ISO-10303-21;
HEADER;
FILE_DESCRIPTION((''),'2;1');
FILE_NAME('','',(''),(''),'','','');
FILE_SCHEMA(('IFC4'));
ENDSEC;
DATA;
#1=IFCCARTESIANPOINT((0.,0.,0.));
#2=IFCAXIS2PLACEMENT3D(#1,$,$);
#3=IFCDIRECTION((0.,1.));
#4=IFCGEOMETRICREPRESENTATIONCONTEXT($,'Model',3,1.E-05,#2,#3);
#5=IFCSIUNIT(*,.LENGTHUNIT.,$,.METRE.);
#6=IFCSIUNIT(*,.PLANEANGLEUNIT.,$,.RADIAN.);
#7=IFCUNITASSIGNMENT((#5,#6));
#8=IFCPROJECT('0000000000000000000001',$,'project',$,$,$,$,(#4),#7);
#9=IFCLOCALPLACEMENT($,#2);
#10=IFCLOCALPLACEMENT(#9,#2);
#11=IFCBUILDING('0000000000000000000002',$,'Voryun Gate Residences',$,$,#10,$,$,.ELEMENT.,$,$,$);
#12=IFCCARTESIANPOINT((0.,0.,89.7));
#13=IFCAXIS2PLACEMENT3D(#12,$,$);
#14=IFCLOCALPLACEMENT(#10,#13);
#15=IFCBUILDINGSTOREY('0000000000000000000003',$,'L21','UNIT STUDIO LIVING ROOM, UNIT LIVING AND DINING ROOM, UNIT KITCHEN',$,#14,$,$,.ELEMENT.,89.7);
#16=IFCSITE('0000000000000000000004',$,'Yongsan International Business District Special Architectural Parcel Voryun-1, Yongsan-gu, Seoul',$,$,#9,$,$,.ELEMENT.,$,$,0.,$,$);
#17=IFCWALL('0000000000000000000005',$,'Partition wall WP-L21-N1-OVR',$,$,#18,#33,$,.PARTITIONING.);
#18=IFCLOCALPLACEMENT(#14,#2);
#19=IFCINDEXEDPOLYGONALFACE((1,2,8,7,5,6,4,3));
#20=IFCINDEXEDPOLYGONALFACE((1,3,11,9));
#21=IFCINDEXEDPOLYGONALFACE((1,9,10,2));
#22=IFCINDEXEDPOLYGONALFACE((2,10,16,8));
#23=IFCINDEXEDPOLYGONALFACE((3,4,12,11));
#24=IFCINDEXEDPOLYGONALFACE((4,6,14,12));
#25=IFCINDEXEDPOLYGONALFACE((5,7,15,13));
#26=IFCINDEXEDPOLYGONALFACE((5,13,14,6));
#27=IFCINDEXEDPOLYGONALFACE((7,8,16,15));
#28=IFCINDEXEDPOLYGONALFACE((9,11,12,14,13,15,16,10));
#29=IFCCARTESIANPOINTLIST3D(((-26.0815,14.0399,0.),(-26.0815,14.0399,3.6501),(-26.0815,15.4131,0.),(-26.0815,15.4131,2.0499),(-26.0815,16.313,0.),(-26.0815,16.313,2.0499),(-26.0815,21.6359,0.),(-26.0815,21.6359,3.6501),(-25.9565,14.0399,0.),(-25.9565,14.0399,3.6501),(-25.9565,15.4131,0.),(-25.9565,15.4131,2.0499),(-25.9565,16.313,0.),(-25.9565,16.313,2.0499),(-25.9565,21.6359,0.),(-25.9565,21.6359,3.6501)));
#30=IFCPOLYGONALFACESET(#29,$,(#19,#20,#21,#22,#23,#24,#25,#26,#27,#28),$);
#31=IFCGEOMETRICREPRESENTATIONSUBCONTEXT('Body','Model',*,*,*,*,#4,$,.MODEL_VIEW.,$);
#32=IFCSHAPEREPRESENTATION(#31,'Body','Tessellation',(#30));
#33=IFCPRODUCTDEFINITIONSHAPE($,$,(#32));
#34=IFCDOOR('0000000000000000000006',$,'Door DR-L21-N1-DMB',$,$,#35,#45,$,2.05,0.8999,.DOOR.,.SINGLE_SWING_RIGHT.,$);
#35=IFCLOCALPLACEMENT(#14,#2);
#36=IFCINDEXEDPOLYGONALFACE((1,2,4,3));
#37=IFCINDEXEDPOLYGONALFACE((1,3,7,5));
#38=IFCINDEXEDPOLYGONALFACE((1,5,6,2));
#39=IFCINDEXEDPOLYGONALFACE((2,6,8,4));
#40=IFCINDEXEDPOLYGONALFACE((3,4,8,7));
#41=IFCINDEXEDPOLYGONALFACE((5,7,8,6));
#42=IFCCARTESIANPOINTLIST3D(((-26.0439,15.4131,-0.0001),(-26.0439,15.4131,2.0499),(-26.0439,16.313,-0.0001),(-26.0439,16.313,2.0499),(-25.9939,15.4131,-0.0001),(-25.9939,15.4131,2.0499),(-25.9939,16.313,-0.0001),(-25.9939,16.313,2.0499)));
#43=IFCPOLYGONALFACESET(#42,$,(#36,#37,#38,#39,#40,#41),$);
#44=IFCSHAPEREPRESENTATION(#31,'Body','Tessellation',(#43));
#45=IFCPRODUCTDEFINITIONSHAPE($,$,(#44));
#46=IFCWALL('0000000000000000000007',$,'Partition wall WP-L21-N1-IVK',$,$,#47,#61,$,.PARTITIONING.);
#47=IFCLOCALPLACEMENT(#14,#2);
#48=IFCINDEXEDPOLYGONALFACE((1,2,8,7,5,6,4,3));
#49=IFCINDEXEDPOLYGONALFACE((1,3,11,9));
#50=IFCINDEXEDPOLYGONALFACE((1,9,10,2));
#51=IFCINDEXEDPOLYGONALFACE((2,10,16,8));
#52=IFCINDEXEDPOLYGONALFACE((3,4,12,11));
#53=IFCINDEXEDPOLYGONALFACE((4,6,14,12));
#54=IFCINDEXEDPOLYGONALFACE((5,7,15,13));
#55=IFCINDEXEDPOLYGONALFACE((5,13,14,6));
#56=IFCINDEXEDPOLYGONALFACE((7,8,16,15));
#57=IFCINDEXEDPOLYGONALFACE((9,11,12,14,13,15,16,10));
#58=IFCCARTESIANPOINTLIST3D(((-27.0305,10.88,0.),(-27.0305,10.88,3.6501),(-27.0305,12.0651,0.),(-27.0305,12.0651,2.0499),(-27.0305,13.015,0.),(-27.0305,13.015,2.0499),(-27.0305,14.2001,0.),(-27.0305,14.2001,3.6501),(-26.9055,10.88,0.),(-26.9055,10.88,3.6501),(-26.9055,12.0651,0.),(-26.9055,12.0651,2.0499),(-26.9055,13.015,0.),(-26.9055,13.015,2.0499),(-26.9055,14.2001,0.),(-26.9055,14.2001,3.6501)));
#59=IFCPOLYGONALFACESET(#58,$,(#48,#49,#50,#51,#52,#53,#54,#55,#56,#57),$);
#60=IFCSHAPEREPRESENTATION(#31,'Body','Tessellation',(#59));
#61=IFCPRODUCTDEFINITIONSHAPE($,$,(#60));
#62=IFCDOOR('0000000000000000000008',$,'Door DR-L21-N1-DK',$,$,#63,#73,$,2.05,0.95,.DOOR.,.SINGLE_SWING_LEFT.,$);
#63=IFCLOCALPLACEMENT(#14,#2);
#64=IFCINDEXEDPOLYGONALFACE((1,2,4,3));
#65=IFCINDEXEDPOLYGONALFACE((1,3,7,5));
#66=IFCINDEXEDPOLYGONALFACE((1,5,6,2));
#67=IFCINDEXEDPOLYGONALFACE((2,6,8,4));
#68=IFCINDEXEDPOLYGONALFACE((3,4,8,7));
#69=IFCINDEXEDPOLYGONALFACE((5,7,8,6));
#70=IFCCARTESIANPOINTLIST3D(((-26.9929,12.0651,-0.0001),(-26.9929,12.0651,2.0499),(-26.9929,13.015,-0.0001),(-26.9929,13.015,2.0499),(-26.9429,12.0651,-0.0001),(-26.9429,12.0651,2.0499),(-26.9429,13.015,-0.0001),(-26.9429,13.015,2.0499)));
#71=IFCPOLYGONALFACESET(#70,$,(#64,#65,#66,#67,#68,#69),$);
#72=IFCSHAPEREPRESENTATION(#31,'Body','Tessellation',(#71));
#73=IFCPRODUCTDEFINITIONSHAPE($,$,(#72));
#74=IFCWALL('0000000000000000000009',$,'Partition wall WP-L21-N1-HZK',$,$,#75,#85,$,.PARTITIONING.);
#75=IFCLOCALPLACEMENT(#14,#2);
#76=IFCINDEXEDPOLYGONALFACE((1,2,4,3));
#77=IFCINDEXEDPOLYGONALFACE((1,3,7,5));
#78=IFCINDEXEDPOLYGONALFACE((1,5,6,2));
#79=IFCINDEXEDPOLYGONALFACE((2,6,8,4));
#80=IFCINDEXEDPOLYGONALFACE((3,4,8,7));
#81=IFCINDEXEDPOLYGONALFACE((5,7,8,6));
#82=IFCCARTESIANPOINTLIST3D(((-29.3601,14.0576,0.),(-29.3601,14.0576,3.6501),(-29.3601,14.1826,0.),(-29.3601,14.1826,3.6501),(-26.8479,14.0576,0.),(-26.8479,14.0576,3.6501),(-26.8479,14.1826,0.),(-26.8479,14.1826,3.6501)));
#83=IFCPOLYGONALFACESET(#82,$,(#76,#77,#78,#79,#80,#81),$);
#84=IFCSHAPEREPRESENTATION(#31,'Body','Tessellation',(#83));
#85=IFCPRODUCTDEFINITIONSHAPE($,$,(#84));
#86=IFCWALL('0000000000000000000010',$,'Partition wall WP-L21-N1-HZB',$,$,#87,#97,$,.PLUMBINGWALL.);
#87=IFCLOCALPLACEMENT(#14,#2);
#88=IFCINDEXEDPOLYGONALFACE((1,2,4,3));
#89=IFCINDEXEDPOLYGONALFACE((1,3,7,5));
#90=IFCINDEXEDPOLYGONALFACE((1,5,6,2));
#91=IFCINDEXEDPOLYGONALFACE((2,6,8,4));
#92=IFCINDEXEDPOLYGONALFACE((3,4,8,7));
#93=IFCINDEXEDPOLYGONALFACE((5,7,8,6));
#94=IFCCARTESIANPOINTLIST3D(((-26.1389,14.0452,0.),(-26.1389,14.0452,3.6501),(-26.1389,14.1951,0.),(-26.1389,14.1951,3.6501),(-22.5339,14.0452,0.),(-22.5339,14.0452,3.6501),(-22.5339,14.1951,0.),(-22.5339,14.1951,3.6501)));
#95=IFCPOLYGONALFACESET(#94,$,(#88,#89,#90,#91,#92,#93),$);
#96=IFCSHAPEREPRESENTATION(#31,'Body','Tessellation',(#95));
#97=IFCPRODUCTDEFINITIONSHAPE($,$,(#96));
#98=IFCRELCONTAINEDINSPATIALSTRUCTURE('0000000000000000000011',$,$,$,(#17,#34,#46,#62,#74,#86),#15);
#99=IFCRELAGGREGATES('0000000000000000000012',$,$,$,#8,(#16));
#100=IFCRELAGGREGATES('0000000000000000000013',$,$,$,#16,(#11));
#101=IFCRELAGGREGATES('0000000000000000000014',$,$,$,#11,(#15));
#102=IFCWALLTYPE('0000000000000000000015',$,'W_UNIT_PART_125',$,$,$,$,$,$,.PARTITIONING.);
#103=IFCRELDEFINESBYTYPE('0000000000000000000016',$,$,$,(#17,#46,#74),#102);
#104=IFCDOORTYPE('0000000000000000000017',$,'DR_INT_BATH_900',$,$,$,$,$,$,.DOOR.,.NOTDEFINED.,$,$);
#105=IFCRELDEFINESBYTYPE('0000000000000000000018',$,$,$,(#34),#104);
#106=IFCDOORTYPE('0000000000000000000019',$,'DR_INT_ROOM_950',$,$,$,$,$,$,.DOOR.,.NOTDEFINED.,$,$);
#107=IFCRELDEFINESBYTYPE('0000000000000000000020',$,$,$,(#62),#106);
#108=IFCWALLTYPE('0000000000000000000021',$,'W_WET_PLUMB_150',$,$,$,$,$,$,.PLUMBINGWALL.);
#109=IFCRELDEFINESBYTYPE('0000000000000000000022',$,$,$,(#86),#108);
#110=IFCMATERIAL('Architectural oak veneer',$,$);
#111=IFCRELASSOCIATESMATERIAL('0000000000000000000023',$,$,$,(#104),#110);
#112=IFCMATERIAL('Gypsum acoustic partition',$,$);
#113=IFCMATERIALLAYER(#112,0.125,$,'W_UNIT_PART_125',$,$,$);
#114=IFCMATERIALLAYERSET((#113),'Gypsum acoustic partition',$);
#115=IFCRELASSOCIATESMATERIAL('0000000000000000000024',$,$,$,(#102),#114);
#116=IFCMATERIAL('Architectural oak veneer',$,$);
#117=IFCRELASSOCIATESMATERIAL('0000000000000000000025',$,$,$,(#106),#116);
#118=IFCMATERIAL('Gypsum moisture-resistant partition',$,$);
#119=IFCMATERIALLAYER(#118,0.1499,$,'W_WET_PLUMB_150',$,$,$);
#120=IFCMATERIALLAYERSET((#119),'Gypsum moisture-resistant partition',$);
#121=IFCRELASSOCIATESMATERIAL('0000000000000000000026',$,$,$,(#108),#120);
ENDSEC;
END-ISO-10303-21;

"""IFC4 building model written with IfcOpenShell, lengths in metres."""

from ifc_helpers import new_model, si_unit, direction, frame, frame_2d, origin, place, context, subcontext, project, spatial, rectangle, extrude, material, layer, layer_set, type_object, element, fill, save


model = new_model("IFC4")

# Units and contexts
model_context = context("Model", 3, precision=1e-05, world=origin(), true_north=direction((0.0, 1.0)))
body_context = subcontext(model_context, "Body", "Model", "MODEL_VIEW")
ifc_project = project(units=[si_unit("LENGTHUNIT", "METRE"), si_unit("PLANEANGLEUNIT", "RADIAN")], contexts=[model_context])

# Site, building, storey
site_placement = place(None, origin())
site = spatial("IfcSite", under=ifc_project, at=site_placement, Name="Yongsan International Business District Special Architectural Parcel Voryun-1, Yongsan-gu, Seoul", CompositionType="ELEMENT", RefElevation=0.0)
building_placement = place(site_placement, origin())
building = spatial("IfcBuilding", under=site, at=building_placement, Name="Voryun Gate Residences", CompositionType="ELEMENT")
storey_placement = place(building_placement, frame((0.0, 0.0, 89.7)))
storey = spatial("IfcBuildingStorey", under=building, at=storey_placement, Name="L21", Description="UNIT STUDIO LIVING ROOM, UNIT LIVING AND DINING ROOM, UNIT KITCHEN", CompositionType="ELEMENT", Elevation=89.7)

# Shared definitions
ifc_material_1 = material(Name="Architectural oak veneer")
door_type_1 = type_object("IfcDoorType", Name="DR_INT_BATH_900", OperationType="NOTDEFINED", PredefinedType="DOOR", material=ifc_material_1)

# Walls, openings, doors
ifc_material_2 = material(Name="Gypsum acoustic partition")
ifc_layer_1 = layer(ifc_material_2, 0.125, Name="W_UNIT_PART_125")
ifc_layer_set_1 = layer_set([ifc_layer_1], Name="Gypsum acoustic partition")
wall_type_1 = type_object("IfcWallType", Name="W_UNIT_PART_125", PredefinedType="PARTITIONING", material=ifc_layer_set_1)
wall_1_placement = place(storey_placement, frame((-26.019, 14.04, 0.0), z_axis=(0.0, 0.0, 1.0), x_axis=(0.0, 1.0, 0.0)))
wall_1 = element("IfcWall", 1, at=wall_1_placement, inside=storey, type_object=wall_type_1, Name="Partition wall WP-L21-N1-OVR", PredefinedType="PARTITIONING", context=body_context, shape_type="SweptSolid", body=[
    extrude(rectangle(XDim=7.5959, YDim=0.125, at=frame_2d((3.7979, 0.0))), origin(), (0.0, 0.0, 1.0), 3.6501),
])
opening_1_placement = place(wall_1_placement, frame((1.373, 0.0, 0.0)))
opening_1 = element("IfcOpeningElement", 2, at=opening_1_placement, cuts=wall_1, PredefinedType="OPENING", context=body_context, shape_type="SweptSolid", body=[
    extrude(rectangle(XDim=0.8999, YDim=2.05, at=frame_2d((0.45, 1.0249))), frame((0.0, 0.0725, 0.0), z_axis=(0.0, -1.0, 0.0), x_axis=(1.0, 0.0, 0.0)), (0.0, 0.0, 1.0), 0.145),
])
door_1_placement = place(opening_1_placement, origin())
door_1 = element("IfcDoor", 3, at=door_1_placement, inside=storey, type_object=door_type_1, Name="Door DR-L21-N1-DMB", OperationType="SINGLE_SWING_RIGHT", OverallHeight=2.05, OverallWidth=0.8999, PredefinedType="DOOR", context=body_context, shape_type="SweptSolid", body=[
    extrude(rectangle(XDim=0.8999, YDim=2.05, at=frame_2d((0.45, 1.0249))), frame((0.0, 0.0249, 0.0), z_axis=(0.0, -1.0, 0.0), x_axis=(1.0, 0.0, 0.0)), (0.0, 0.0, 1.0), 0.05),
])
fill(opening_1, door_1)
wall_2_placement = place(storey_placement, frame((-26.968, 10.8799, 0.0), z_axis=(0.0, 0.0, 1.0), x_axis=(0.0, 1.0, 0.0)))
wall_2 = element("IfcWall", 4, at=wall_2_placement, inside=storey, type_object=wall_type_1, Name="Partition wall WP-L21-N1-IVK", PredefinedType="PARTITIONING", context=body_context, shape_type="SweptSolid", body=[
    extrude(rectangle(XDim=3.3201, YDim=0.125, at=frame_2d((1.6602, 0.0))), origin(), (0.0, 0.0, 1.0), 3.6501),
])
opening_2_placement = place(wall_2_placement, frame((1.1851, 0.0, 0.0)))
opening_2 = element("IfcOpeningElement", 5, at=opening_2_placement, cuts=wall_2, PredefinedType="OPENING", context=body_context, shape_type="SweptSolid", body=[
    extrude(rectangle(XDim=0.95, YDim=2.05, at=frame_2d((0.4751, 1.0249))), frame((0.0, 0.0725, 0.0), z_axis=(0.0, -1.0, 0.0), x_axis=(1.0, 0.0, 0.0)), (0.0, 0.0, 1.0), 0.145),
])
ifc_material_3 = material(Name="Architectural oak veneer")
door_type_2 = type_object("IfcDoorType", Name="DR_INT_ROOM_950", OperationType="NOTDEFINED", PredefinedType="DOOR", material=ifc_material_3)
door_2_placement = place(opening_2_placement, origin())
door_2 = element("IfcDoor", 6, at=door_2_placement, inside=storey, type_object=door_type_2, Name="Door DR-L21-N1-DK", OperationType="SINGLE_SWING_LEFT", OverallHeight=2.05, OverallWidth=0.95, PredefinedType="DOOR", context=body_context, shape_type="SweptSolid", body=[
    extrude(rectangle(XDim=0.95, YDim=2.05, at=frame_2d((0.4751, 1.0249))), frame((0.0, 0.0249, 0.0), z_axis=(0.0, -1.0, 0.0), x_axis=(1.0, 0.0, 0.0)), (0.0, 0.0, 1.0), 0.05),
])
fill(opening_2, door_2)

# Walls
wall_3_placement = place(storey_placement, frame((-29.3601, 14.1201, 0.0), z_axis=(0.0, 0.0, 1.0), x_axis=(1.0, 0.0, 0.0)))
element("IfcWall", 7, at=wall_3_placement, inside=storey, type_object=wall_type_1, Name="Partition wall WP-L21-N1-HZK", PredefinedType="PARTITIONING", context=body_context, shape_type="SweptSolid", body=[
    extrude(rectangle(XDim=2.5122, YDim=0.125, at=frame_2d((1.2561, 0.0))), origin(), (0.0, 0.0, 1.0), 3.6501),
])
ifc_material_4 = material(Name="Gypsum moisture-resistant partition")
ifc_layer_2 = layer(ifc_material_4, 0.1499, Name="W_WET_PLUMB_150")
ifc_layer_set_2 = layer_set([ifc_layer_2], Name="Gypsum moisture-resistant partition")
wall_type_2 = type_object("IfcWallType", Name="W_WET_PLUMB_150", PredefinedType="PLUMBINGWALL", material=ifc_layer_set_2)
wall_4_placement = place(storey_placement, frame((-26.1389, 14.1201, 0.0), z_axis=(0.0, 0.0, 1.0), x_axis=(1.0, 0.0, 0.0)))
element("IfcWall", 8, at=wall_4_placement, inside=storey, type_object=wall_type_2, Name="Partition wall WP-L21-N1-HZB", PredefinedType="PLUMBINGWALL", context=body_context, shape_type="SweptSolid", body=[
    extrude(rectangle(XDim=3.605, YDim=0.1499, at=frame_2d((1.8025, 0.0))), origin(), (0.0, 0.0, 1.0), 3.6501),
])

save(model, "model.ifc")
